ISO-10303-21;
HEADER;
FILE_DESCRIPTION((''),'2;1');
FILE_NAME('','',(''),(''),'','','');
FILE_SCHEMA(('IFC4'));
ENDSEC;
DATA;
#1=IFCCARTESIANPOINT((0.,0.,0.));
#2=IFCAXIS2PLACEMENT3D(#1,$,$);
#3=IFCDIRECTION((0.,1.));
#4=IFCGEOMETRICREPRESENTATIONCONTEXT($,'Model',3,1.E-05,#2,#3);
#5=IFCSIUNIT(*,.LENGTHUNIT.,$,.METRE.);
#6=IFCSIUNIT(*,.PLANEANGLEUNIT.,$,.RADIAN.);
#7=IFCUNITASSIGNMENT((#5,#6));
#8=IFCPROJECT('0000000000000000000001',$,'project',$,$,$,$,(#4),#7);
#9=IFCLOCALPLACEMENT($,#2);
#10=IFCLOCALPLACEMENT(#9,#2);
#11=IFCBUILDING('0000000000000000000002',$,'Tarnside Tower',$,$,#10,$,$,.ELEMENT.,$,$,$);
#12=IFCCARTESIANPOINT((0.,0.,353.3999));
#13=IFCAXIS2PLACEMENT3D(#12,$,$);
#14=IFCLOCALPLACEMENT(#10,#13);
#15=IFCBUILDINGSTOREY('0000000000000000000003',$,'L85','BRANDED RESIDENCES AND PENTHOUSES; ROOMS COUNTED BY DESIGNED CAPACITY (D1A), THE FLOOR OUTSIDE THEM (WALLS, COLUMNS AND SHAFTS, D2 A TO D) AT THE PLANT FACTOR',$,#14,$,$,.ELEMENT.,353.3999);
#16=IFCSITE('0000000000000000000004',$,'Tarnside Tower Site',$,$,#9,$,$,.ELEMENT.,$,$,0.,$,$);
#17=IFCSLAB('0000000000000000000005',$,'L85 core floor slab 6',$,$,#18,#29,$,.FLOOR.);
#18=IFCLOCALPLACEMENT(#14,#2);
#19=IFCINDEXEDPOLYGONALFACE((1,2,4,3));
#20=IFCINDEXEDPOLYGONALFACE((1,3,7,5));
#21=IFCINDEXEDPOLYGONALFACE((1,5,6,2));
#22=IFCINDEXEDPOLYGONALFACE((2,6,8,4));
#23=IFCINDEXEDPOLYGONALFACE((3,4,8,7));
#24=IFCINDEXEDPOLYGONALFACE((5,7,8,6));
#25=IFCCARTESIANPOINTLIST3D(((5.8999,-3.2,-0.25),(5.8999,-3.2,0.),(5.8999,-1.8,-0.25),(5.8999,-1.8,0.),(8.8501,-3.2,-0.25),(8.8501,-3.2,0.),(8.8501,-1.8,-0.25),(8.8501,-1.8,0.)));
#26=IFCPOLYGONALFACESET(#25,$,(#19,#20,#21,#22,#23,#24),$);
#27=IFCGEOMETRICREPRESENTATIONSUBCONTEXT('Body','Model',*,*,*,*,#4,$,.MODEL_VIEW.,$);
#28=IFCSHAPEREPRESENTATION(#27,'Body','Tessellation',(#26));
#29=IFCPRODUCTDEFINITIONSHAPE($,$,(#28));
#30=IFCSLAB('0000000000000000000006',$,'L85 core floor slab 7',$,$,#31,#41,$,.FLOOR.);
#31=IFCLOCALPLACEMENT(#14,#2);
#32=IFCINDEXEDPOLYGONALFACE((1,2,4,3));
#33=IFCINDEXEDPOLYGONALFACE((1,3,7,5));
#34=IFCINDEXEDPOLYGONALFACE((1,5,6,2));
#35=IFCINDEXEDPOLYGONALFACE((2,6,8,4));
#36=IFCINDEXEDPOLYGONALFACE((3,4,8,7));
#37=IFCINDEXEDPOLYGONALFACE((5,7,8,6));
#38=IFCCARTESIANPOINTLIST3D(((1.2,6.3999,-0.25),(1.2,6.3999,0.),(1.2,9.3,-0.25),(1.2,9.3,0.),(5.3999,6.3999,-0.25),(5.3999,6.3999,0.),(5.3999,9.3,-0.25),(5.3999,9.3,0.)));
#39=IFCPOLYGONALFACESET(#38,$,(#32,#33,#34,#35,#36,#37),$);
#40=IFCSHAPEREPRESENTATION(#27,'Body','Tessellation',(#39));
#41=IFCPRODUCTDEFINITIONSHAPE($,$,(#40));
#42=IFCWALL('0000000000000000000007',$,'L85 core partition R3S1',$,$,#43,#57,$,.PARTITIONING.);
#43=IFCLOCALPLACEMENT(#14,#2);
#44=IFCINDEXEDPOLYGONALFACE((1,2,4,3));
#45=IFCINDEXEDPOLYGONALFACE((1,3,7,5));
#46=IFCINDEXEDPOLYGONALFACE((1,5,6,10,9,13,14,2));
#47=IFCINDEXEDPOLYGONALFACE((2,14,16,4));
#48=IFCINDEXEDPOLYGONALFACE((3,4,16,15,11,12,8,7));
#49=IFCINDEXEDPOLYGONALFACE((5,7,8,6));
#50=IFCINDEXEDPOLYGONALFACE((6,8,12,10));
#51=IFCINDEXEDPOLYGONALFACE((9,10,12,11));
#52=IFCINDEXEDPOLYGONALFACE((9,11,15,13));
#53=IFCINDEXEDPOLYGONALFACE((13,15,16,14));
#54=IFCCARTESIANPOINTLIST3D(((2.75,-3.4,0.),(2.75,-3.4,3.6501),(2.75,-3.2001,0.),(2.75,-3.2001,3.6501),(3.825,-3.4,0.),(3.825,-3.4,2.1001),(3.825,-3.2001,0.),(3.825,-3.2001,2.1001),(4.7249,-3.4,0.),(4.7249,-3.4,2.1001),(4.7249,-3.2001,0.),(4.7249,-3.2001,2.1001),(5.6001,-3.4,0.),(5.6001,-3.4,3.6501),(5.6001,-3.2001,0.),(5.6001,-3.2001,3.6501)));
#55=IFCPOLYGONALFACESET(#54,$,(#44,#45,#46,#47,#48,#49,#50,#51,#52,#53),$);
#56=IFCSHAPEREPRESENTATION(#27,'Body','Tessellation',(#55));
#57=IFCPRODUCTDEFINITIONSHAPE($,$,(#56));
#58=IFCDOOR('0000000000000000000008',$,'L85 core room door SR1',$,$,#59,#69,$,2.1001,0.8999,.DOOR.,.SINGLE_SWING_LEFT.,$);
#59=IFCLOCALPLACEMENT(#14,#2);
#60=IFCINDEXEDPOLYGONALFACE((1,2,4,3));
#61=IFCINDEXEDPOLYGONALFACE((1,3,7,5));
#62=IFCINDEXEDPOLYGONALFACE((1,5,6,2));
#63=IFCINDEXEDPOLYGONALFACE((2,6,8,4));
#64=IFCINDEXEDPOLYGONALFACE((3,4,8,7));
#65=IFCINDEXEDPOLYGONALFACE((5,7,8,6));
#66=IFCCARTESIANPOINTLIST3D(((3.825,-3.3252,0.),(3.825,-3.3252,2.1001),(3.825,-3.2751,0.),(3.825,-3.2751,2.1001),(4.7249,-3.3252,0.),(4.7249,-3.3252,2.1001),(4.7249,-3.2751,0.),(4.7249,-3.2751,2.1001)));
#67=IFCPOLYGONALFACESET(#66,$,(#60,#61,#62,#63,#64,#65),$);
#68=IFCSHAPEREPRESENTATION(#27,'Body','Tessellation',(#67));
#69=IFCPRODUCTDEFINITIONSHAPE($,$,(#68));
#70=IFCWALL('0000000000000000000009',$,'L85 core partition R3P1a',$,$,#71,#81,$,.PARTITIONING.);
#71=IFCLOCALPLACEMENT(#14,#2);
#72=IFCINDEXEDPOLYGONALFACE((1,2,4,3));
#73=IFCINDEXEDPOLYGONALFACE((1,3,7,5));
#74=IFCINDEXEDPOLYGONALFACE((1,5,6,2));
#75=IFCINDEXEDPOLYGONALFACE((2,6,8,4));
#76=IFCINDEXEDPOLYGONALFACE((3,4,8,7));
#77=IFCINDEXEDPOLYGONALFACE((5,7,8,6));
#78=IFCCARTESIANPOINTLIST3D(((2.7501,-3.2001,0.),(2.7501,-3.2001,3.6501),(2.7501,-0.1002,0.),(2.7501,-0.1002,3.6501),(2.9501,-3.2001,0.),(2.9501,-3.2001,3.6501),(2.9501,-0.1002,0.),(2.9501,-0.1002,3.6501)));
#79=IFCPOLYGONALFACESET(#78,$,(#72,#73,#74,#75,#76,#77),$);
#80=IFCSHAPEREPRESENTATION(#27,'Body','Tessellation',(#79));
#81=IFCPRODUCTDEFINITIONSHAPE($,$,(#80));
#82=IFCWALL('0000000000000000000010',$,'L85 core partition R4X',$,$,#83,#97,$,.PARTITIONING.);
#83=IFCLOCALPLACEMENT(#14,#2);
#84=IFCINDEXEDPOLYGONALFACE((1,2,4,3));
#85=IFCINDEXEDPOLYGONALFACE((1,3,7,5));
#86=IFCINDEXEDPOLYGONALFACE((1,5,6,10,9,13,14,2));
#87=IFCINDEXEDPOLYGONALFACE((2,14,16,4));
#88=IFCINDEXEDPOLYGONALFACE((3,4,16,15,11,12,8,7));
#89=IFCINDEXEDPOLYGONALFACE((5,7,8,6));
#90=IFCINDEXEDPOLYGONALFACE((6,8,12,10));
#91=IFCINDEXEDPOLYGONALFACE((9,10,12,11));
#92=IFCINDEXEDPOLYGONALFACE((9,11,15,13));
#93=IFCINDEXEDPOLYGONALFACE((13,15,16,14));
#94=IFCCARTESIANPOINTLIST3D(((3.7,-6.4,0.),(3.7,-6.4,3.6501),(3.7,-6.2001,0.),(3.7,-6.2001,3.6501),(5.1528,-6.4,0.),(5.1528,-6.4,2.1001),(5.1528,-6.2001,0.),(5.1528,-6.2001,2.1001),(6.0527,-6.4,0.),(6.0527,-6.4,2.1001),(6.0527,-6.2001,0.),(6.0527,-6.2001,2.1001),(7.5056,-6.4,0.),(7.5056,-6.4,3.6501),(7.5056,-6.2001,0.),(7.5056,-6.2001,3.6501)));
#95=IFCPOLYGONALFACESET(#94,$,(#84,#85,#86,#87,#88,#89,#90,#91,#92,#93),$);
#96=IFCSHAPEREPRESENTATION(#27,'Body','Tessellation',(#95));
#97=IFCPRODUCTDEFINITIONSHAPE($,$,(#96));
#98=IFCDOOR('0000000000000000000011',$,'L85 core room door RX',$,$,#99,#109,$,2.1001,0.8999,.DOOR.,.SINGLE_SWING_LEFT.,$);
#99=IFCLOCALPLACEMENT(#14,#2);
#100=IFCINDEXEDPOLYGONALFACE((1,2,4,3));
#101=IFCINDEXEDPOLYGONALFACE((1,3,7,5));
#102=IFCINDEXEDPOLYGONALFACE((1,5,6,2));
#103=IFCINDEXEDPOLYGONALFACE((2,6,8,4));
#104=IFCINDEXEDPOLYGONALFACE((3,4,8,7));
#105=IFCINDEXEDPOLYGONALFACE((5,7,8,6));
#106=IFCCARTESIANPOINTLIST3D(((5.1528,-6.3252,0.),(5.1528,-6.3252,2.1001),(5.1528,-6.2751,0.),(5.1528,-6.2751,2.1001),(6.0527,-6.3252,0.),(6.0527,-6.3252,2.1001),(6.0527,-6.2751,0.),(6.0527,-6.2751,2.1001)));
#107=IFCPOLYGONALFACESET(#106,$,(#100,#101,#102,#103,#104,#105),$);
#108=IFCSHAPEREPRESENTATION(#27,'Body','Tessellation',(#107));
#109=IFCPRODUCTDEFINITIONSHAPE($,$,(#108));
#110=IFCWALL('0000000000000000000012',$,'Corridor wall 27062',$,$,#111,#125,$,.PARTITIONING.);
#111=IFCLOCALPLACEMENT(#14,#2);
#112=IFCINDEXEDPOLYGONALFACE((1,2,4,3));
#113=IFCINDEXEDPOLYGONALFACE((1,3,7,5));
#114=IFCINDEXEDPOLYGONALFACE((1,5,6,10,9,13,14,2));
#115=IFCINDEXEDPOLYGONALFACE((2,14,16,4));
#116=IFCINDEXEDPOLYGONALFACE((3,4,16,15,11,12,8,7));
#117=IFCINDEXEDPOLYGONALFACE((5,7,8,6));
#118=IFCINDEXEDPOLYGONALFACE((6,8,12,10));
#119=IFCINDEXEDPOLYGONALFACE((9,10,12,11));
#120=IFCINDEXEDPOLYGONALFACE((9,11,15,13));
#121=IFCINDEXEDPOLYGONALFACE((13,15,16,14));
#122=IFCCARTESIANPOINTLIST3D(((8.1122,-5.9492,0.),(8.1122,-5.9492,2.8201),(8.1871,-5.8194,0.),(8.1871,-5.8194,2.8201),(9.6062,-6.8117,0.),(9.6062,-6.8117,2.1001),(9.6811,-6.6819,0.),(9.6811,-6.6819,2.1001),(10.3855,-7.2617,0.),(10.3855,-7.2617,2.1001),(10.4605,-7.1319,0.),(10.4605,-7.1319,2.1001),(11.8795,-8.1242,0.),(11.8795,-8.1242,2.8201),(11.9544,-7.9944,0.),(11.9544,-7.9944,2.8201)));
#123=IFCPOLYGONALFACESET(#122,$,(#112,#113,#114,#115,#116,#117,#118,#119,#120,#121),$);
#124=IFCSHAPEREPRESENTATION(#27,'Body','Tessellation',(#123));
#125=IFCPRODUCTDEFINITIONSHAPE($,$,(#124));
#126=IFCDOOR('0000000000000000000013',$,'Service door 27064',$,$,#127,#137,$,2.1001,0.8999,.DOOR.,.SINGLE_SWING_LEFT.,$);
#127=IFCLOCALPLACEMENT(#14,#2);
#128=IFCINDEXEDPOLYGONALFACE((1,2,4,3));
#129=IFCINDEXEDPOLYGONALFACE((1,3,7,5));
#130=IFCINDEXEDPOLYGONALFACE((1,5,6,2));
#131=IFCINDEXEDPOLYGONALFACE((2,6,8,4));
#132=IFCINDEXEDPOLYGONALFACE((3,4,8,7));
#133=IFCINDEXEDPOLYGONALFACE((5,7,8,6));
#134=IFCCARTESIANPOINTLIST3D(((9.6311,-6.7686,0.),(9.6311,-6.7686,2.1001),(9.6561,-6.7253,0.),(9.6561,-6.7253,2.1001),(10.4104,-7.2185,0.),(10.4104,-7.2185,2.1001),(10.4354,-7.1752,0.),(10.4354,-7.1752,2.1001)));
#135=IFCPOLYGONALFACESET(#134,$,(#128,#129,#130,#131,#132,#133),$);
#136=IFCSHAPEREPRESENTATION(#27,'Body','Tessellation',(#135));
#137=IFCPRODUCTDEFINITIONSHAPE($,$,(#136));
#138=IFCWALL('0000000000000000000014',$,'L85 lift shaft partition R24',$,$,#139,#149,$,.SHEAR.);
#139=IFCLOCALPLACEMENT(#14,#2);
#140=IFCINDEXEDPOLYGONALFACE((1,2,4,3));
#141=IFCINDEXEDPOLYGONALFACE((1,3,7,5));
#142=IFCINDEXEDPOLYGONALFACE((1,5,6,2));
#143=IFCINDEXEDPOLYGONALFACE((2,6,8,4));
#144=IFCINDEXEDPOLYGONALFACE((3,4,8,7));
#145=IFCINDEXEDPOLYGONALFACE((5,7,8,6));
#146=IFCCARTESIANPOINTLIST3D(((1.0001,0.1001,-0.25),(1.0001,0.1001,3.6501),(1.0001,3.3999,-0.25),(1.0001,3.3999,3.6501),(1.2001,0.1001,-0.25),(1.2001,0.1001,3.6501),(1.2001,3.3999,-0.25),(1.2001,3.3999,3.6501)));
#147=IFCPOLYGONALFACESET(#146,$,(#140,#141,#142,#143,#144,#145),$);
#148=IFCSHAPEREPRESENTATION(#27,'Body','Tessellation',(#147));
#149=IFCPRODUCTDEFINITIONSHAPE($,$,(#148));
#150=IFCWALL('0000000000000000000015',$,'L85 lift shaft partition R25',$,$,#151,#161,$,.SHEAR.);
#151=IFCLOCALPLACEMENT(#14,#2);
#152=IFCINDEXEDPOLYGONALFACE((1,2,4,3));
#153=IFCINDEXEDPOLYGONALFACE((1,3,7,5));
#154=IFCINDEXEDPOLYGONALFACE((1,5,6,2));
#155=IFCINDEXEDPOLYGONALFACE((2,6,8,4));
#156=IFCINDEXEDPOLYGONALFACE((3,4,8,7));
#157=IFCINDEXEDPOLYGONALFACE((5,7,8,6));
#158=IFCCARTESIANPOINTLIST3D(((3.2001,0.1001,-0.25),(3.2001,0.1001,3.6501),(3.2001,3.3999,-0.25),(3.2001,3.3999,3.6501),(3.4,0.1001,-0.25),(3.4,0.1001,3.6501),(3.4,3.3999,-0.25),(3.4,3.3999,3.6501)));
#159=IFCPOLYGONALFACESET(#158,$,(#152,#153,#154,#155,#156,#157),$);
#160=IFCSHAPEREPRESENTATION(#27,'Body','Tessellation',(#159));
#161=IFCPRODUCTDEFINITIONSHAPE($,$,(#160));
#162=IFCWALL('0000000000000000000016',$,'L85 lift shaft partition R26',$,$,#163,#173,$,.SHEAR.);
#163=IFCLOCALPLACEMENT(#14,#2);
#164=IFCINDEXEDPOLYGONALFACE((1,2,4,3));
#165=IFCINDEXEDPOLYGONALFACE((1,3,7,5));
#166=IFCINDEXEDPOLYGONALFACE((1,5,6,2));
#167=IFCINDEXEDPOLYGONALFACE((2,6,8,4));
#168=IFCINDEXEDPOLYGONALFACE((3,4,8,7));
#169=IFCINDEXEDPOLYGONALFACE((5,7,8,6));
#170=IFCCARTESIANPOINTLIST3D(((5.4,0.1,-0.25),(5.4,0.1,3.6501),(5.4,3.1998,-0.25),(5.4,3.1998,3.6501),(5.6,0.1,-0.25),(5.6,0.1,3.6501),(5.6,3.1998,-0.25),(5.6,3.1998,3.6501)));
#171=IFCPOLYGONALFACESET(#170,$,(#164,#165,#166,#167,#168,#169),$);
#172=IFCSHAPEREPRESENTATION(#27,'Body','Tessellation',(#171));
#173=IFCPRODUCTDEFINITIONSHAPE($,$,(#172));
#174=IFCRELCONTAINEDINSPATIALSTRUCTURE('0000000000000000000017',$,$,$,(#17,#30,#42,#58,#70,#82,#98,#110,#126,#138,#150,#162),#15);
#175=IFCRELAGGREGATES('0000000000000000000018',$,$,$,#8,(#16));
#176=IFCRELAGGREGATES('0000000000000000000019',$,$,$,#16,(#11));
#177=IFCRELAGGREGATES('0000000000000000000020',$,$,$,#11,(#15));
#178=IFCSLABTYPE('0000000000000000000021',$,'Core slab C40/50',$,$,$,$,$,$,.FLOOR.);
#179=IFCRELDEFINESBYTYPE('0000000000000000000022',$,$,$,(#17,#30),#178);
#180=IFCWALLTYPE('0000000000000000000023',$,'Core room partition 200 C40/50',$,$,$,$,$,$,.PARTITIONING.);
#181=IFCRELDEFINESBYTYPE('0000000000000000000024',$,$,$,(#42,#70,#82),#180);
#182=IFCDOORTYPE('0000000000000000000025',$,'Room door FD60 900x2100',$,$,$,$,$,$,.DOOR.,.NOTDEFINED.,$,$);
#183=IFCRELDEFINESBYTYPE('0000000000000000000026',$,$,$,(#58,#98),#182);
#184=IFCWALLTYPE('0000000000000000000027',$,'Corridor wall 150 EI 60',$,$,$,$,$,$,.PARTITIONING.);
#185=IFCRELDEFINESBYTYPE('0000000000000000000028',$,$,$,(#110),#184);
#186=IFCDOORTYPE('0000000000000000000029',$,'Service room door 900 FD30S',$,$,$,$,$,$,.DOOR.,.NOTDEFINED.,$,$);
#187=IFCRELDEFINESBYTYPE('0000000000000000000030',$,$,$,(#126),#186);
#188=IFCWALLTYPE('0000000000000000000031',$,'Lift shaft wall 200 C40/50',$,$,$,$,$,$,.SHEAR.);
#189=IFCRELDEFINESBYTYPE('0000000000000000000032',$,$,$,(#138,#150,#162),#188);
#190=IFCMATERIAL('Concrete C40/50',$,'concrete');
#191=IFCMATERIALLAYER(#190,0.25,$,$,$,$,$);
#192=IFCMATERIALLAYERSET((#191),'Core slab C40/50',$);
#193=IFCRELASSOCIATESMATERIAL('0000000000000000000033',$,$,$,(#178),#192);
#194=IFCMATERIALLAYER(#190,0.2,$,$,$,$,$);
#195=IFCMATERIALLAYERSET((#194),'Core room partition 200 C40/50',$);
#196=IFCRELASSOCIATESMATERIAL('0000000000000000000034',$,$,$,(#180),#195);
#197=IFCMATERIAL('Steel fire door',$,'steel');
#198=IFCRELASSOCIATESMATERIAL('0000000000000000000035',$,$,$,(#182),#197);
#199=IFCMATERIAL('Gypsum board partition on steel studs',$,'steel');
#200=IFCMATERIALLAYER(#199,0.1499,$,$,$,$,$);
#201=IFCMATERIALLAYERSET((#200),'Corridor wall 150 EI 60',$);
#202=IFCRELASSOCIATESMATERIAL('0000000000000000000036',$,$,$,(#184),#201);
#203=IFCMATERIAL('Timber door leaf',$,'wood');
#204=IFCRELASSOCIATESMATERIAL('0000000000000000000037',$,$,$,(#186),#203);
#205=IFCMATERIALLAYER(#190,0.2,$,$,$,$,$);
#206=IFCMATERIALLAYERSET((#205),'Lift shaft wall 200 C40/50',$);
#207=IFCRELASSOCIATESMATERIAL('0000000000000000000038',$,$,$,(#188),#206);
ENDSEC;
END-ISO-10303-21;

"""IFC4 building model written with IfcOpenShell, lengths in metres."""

from ifc_helpers import new_model, si_unit, direction, frame, frame_2d, origin, place, context, subcontext, project, spatial, polyline, rectangle, outline, extrude, material, layer, layer_set, type_object, element, fill, save


model = new_model("IFC4")

# Units and contexts
model_context = context("Model", 3, precision=1e-05, world=origin(), true_north=direction((0.0, 1.0)))
body_context = subcontext(model_context, "Body", "Model", "MODEL_VIEW")
ifc_project = project(units=[si_unit("LENGTHUNIT", "METRE"), si_unit("PLANEANGLEUNIT", "RADIAN")], contexts=[model_context])

# Site, building, storey
site_placement = place(None, origin())
site = spatial("IfcSite", under=ifc_project, at=site_placement, Name="Tarnside Tower Site", CompositionType="ELEMENT", RefElevation=0.0)
building_placement = place(site_placement, origin())
building = spatial("IfcBuilding", under=site, at=building_placement, Name="Tarnside Tower", CompositionType="ELEMENT")
storey_placement = place(building_placement, frame((0.0, 0.0, 353.3999)))
storey = spatial("IfcBuildingStorey", under=building, at=storey_placement, Name="L85", Description="BRANDED RESIDENCES AND PENTHOUSES; ROOMS COUNTED BY DESIGNED CAPACITY (D1A), THE FLOOR OUTSIDE THEM (WALLS, COLUMNS AND SHAFTS, D2 A TO D) AT THE PLANT FACTOR", CompositionType="ELEMENT", Elevation=353.3999)

# Slabs
ifc_material_1 = material(Name="Concrete C40/50", Category="concrete")
ifc_layer_1 = layer(ifc_material_1, 0.25)
ifc_layer_set_1 = layer_set([ifc_layer_1], Name="Core slab C40/50")
slab_type = type_object("IfcSlabType", Name="Core slab C40/50", PredefinedType="FLOOR", material=ifc_layer_set_1)
slab_1_placement = place(storey_placement, frame((0.0, 0.0, -0.25)))
element("IfcSlab", 1, at=slab_1_placement, inside=storey, type_object=slab_type, Name="L85 core floor slab 6", PredefinedType="FLOOR", context=body_context, shape_type="SweptSolid", body=[
    extrude(outline(polyline([(5.8999, -1.8), (8.8501, -1.8), (8.8501, -3.2), (5.8999, -3.2), (5.8999, -1.8)])), origin(), (0.0, 0.0, 1.0), 0.25),
])
slab_2_placement = place(storey_placement, frame((0.0, 0.0, -0.25)))
element("IfcSlab", 2, at=slab_2_placement, inside=storey, type_object=slab_type, Name="L85 core floor slab 7", PredefinedType="FLOOR", context=body_context, shape_type="SweptSolid", body=[
    extrude(outline(polyline([(5.3999, 6.3999), (1.2, 6.3999), (1.2, 9.3), (5.3999, 9.3), (5.3999, 6.3999)])), origin(), (0.0, 0.0, 1.0), 0.25),
])

# Wall, opening, door
ifc_layer_2 = layer(ifc_material_1, 0.2)
ifc_layer_set_2 = layer_set([ifc_layer_2], Name="Core room partition 200 C40/50")
wall_type_1 = type_object("IfcWallType", Name="Core room partition 200 C40/50", PredefinedType="PARTITIONING", material=ifc_layer_set_2)
wall_1_placement = place(storey_placement, frame((2.75, -3.3, 0.0), z_axis=(0.0, 0.0, 1.0), x_axis=(1.0, 0.0, 0.0)))
wall_1 = element("IfcWall", 3, at=wall_1_placement, inside=storey, type_object=wall_type_1, Name="L85 core partition R3S1", PredefinedType="PARTITIONING", context=body_context, shape_type="SweptSolid", body=[
    extrude(rectangle(XDim=2.8501, YDim=0.2, at=frame_2d((1.425, 0.0))), origin(), (0.0, 0.0, 1.0), 3.6501),
])
opening_1_placement = place(wall_1_placement, frame((1.075, 0.0, 0.0)))
opening_1 = element("IfcOpeningElement", 4, at=opening_1_placement, cuts=wall_1, PredefinedType="OPENING", context=body_context, shape_type="SweptSolid", body=[
    extrude(rectangle(XDim=0.8999, YDim=2.1001, at=frame_2d((0.45, 1.05))), frame((0.0, 0.1099, 0.0), z_axis=(0.0, -1.0, 0.0), x_axis=(1.0, 0.0, 0.0)), (0.0, 0.0, 1.0), 0.22),
])
ifc_material_2 = material(Name="Steel fire door", Category="steel")
door_type_1 = type_object("IfcDoorType", Name="Room door FD60 900x2100", OperationType="NOTDEFINED", PredefinedType="DOOR", material=ifc_material_2)
door_1_placement = place(opening_1_placement, origin())
door_1 = element("IfcDoor", 5, at=door_1_placement, inside=storey, type_object=door_type_1, Name="L85 core room door SR1", OperationType="SINGLE_SWING_LEFT", OverallHeight=2.1001, OverallWidth=0.8999, PredefinedType="DOOR", context=body_context, shape_type="SweptSolid", body=[
    extrude(rectangle(XDim=0.8999, YDim=2.1001, at=frame_2d((0.45, 1.05))), frame((0.0, 0.0249, 0.0), z_axis=(0.0, -1.0, 0.0), x_axis=(1.0, 0.0, 0.0)), (0.0, 0.0, 1.0), 0.05),
])
fill(opening_1, door_1)

# Wall
wall_2_placement = place(storey_placement, frame((2.8501, -3.2, 0.0), z_axis=(0.0, 0.0, 1.0), x_axis=(0.0, 1.0, 0.0)))
element("IfcWall", 6, at=wall_2_placement, inside=storey, type_object=wall_type_1, Name="L85 core partition R3P1a", PredefinedType="PARTITIONING", context=body_context, shape_type="SweptSolid", body=[
    extrude(rectangle(XDim=3.0999, YDim=0.2, at=frame_2d((1.5498, 0.0))), origin(), (0.0, 0.0, 1.0), 3.6501),
])

# Walls, openings, doors
wall_3_placement = place(storey_placement, frame((3.7, -6.3, 0.0), z_axis=(0.0, 0.0, 1.0), x_axis=(1.0, 0.0, 0.0)))
wall_3 = element("IfcWall", 7, at=wall_3_placement, inside=storey, type_object=wall_type_1, Name="L85 core partition R4X", PredefinedType="PARTITIONING", context=body_context, shape_type="SweptSolid", body=[
    extrude(rectangle(XDim=3.8057, YDim=0.2, at=frame_2d((1.9028, 0.0))), origin(), (0.0, 0.0, 1.0), 3.6501),
])
opening_2_placement = place(wall_3_placement, frame((1.4529, 0.0, 0.0)))
opening_2 = element("IfcOpeningElement", 8, at=opening_2_placement, cuts=wall_3, PredefinedType="OPENING", context=body_context, shape_type="SweptSolid", body=[
    extrude(rectangle(XDim=0.8999, YDim=2.1001, at=frame_2d((0.45, 1.05))), frame((0.0, 0.1099, 0.0), z_axis=(0.0, -1.0, 0.0), x_axis=(1.0, 0.0, 0.0)), (0.0, 0.0, 1.0), 0.22),
])
door_2_placement = place(opening_2_placement, origin())
door_2 = element("IfcDoor", 9, at=door_2_placement, inside=storey, type_object=door_type_1, Name="L85 core room door RX", OperationType="SINGLE_SWING_LEFT", OverallHeight=2.1001, OverallWidth=0.8999, PredefinedType="DOOR", context=body_context, shape_type="SweptSolid", body=[
    extrude(rectangle(XDim=0.8999, YDim=2.1001, at=frame_2d((0.45, 1.05))), frame((0.0, 0.0249, 0.0), z_axis=(0.0, -1.0, 0.0), x_axis=(1.0, 0.0, 0.0)), (0.0, 0.0, 1.0), 0.05),
])
fill(opening_2, door_2)
ifc_material_3 = material(Name="Gypsum board partition on steel studs", Category="steel")
ifc_layer_3 = layer(ifc_material_3, 0.1499)
ifc_layer_set_3 = layer_set([ifc_layer_3], Name="Corridor wall 150 EI 60")
wall_type_2 = type_object("IfcWallType", Name="Corridor wall 150 EI 60", PredefinedType="PARTITIONING", material=ifc_layer_set_3)
wall_4_placement = place(storey_placement, frame((8.1497, -5.8843, 0.0), z_axis=(0.0, 0.0, 1.0), x_axis=(0.866028, -0.499996, 0.0)))
wall_4 = element("IfcWall", 10, at=wall_4_placement, inside=storey, type_object=wall_type_2, Name="Corridor wall 27062", PredefinedType="PARTITIONING", context=body_context, shape_type="SweptSolid", body=[
    extrude(rectangle(XDim=4.3501, YDim=0.1499, at=frame_2d((2.175, 0.0))), origin(), (0.0, 0.0, 1.0), 2.8201),
])
opening_3_placement = place(wall_4_placement, frame((1.7251, 0.0, 0.0)))
opening_3 = element("IfcOpeningElement", 11, at=opening_3_placement, cuts=wall_4, PredefinedType="OPENING", context=body_context, shape_type="SweptSolid", body=[
    extrude(rectangle(XDim=0.8999, YDim=2.1001, at=frame_2d((0.45, 1.05))), frame((0.0, 0.085, 0.0), z_axis=(0.0, -1.0, 0.0), x_axis=(1.0, 0.0, 0.0)), (0.0, 0.0, 1.0), 0.1699),
])
ifc_material_4 = material(Name="Timber door leaf", Category="wood")
door_type_2 = type_object("IfcDoorType", Name="Service room door 900 FD30S", OperationType="NOTDEFINED", PredefinedType="DOOR", material=ifc_material_4)
door_3_placement = place(opening_3_placement, origin())
door_3 = element("IfcDoor", 12, at=door_3_placement, inside=storey, type_object=door_type_2, Name="Service door 27064", OperationType="SINGLE_SWING_LEFT", OverallHeight=2.1001, OverallWidth=0.8999, PredefinedType="DOOR", context=body_context, shape_type="SweptSolid", body=[
    extrude(rectangle(XDim=0.8999, YDim=2.1001, at=frame_2d((0.45, 1.05))), frame((0.0, 0.0249, 0.0), z_axis=(0.0, -1.0, 0.0), x_axis=(1.0, 0.0, 0.0)), (0.0, 0.0, 1.0), 0.05),
])
fill(opening_3, door_3)

# Walls
ifc_layer_4 = layer(ifc_material_1, 0.2)
ifc_layer_set_4 = layer_set([ifc_layer_4], Name="Lift shaft wall 200 C40/50")
wall_type_3 = type_object("IfcWallType", Name="Lift shaft wall 200 C40/50", PredefinedType="SHEAR", material=ifc_layer_set_4)
for number, where, z_axis, x_axis, name in (
    (13, (1.1001, 0.1001, -0.25), (0.0, 0.0, 1.0), (0.0, 1.0, 0.0), "L85 lift shaft partition R24"),
    (14, (3.3, 0.1001, -0.25), (0.0, 0.0, 1.0), (0.0, 1.0, 0.0), "L85 lift shaft partition R25"),
):
    element("IfcWall", number, at=place(storey_placement, frame(where, z_axis=z_axis, x_axis=x_axis)), inside=storey, type_object=wall_type_3, Name=name, PredefinedType="SHEAR", context=body_context, shape_type="SweptSolid", body=[
        extrude(rectangle(XDim=3.2998, YDim=0.2, at=frame_2d((1.6499, 0.0))), origin(), (0.0, 0.0, 1.0), 3.9001),
    ])
wall_5_placement = place(storey_placement, frame((5.5, 0.1001, -0.25), z_axis=(0.0, 0.0, 1.0), x_axis=(0.0, 1.0, 0.0)))
element("IfcWall", 15, at=wall_5_placement, inside=storey, type_object=wall_type_3, Name="L85 lift shaft partition R26", PredefinedType="SHEAR", context=body_context, shape_type="SweptSolid", body=[
    extrude(rectangle(XDim=3.0999, YDim=0.2, at=frame_2d((1.5498, 0.0))), origin(), (0.0, 0.0, 1.0), 3.9001),
])

save(model, "model.ifc")
